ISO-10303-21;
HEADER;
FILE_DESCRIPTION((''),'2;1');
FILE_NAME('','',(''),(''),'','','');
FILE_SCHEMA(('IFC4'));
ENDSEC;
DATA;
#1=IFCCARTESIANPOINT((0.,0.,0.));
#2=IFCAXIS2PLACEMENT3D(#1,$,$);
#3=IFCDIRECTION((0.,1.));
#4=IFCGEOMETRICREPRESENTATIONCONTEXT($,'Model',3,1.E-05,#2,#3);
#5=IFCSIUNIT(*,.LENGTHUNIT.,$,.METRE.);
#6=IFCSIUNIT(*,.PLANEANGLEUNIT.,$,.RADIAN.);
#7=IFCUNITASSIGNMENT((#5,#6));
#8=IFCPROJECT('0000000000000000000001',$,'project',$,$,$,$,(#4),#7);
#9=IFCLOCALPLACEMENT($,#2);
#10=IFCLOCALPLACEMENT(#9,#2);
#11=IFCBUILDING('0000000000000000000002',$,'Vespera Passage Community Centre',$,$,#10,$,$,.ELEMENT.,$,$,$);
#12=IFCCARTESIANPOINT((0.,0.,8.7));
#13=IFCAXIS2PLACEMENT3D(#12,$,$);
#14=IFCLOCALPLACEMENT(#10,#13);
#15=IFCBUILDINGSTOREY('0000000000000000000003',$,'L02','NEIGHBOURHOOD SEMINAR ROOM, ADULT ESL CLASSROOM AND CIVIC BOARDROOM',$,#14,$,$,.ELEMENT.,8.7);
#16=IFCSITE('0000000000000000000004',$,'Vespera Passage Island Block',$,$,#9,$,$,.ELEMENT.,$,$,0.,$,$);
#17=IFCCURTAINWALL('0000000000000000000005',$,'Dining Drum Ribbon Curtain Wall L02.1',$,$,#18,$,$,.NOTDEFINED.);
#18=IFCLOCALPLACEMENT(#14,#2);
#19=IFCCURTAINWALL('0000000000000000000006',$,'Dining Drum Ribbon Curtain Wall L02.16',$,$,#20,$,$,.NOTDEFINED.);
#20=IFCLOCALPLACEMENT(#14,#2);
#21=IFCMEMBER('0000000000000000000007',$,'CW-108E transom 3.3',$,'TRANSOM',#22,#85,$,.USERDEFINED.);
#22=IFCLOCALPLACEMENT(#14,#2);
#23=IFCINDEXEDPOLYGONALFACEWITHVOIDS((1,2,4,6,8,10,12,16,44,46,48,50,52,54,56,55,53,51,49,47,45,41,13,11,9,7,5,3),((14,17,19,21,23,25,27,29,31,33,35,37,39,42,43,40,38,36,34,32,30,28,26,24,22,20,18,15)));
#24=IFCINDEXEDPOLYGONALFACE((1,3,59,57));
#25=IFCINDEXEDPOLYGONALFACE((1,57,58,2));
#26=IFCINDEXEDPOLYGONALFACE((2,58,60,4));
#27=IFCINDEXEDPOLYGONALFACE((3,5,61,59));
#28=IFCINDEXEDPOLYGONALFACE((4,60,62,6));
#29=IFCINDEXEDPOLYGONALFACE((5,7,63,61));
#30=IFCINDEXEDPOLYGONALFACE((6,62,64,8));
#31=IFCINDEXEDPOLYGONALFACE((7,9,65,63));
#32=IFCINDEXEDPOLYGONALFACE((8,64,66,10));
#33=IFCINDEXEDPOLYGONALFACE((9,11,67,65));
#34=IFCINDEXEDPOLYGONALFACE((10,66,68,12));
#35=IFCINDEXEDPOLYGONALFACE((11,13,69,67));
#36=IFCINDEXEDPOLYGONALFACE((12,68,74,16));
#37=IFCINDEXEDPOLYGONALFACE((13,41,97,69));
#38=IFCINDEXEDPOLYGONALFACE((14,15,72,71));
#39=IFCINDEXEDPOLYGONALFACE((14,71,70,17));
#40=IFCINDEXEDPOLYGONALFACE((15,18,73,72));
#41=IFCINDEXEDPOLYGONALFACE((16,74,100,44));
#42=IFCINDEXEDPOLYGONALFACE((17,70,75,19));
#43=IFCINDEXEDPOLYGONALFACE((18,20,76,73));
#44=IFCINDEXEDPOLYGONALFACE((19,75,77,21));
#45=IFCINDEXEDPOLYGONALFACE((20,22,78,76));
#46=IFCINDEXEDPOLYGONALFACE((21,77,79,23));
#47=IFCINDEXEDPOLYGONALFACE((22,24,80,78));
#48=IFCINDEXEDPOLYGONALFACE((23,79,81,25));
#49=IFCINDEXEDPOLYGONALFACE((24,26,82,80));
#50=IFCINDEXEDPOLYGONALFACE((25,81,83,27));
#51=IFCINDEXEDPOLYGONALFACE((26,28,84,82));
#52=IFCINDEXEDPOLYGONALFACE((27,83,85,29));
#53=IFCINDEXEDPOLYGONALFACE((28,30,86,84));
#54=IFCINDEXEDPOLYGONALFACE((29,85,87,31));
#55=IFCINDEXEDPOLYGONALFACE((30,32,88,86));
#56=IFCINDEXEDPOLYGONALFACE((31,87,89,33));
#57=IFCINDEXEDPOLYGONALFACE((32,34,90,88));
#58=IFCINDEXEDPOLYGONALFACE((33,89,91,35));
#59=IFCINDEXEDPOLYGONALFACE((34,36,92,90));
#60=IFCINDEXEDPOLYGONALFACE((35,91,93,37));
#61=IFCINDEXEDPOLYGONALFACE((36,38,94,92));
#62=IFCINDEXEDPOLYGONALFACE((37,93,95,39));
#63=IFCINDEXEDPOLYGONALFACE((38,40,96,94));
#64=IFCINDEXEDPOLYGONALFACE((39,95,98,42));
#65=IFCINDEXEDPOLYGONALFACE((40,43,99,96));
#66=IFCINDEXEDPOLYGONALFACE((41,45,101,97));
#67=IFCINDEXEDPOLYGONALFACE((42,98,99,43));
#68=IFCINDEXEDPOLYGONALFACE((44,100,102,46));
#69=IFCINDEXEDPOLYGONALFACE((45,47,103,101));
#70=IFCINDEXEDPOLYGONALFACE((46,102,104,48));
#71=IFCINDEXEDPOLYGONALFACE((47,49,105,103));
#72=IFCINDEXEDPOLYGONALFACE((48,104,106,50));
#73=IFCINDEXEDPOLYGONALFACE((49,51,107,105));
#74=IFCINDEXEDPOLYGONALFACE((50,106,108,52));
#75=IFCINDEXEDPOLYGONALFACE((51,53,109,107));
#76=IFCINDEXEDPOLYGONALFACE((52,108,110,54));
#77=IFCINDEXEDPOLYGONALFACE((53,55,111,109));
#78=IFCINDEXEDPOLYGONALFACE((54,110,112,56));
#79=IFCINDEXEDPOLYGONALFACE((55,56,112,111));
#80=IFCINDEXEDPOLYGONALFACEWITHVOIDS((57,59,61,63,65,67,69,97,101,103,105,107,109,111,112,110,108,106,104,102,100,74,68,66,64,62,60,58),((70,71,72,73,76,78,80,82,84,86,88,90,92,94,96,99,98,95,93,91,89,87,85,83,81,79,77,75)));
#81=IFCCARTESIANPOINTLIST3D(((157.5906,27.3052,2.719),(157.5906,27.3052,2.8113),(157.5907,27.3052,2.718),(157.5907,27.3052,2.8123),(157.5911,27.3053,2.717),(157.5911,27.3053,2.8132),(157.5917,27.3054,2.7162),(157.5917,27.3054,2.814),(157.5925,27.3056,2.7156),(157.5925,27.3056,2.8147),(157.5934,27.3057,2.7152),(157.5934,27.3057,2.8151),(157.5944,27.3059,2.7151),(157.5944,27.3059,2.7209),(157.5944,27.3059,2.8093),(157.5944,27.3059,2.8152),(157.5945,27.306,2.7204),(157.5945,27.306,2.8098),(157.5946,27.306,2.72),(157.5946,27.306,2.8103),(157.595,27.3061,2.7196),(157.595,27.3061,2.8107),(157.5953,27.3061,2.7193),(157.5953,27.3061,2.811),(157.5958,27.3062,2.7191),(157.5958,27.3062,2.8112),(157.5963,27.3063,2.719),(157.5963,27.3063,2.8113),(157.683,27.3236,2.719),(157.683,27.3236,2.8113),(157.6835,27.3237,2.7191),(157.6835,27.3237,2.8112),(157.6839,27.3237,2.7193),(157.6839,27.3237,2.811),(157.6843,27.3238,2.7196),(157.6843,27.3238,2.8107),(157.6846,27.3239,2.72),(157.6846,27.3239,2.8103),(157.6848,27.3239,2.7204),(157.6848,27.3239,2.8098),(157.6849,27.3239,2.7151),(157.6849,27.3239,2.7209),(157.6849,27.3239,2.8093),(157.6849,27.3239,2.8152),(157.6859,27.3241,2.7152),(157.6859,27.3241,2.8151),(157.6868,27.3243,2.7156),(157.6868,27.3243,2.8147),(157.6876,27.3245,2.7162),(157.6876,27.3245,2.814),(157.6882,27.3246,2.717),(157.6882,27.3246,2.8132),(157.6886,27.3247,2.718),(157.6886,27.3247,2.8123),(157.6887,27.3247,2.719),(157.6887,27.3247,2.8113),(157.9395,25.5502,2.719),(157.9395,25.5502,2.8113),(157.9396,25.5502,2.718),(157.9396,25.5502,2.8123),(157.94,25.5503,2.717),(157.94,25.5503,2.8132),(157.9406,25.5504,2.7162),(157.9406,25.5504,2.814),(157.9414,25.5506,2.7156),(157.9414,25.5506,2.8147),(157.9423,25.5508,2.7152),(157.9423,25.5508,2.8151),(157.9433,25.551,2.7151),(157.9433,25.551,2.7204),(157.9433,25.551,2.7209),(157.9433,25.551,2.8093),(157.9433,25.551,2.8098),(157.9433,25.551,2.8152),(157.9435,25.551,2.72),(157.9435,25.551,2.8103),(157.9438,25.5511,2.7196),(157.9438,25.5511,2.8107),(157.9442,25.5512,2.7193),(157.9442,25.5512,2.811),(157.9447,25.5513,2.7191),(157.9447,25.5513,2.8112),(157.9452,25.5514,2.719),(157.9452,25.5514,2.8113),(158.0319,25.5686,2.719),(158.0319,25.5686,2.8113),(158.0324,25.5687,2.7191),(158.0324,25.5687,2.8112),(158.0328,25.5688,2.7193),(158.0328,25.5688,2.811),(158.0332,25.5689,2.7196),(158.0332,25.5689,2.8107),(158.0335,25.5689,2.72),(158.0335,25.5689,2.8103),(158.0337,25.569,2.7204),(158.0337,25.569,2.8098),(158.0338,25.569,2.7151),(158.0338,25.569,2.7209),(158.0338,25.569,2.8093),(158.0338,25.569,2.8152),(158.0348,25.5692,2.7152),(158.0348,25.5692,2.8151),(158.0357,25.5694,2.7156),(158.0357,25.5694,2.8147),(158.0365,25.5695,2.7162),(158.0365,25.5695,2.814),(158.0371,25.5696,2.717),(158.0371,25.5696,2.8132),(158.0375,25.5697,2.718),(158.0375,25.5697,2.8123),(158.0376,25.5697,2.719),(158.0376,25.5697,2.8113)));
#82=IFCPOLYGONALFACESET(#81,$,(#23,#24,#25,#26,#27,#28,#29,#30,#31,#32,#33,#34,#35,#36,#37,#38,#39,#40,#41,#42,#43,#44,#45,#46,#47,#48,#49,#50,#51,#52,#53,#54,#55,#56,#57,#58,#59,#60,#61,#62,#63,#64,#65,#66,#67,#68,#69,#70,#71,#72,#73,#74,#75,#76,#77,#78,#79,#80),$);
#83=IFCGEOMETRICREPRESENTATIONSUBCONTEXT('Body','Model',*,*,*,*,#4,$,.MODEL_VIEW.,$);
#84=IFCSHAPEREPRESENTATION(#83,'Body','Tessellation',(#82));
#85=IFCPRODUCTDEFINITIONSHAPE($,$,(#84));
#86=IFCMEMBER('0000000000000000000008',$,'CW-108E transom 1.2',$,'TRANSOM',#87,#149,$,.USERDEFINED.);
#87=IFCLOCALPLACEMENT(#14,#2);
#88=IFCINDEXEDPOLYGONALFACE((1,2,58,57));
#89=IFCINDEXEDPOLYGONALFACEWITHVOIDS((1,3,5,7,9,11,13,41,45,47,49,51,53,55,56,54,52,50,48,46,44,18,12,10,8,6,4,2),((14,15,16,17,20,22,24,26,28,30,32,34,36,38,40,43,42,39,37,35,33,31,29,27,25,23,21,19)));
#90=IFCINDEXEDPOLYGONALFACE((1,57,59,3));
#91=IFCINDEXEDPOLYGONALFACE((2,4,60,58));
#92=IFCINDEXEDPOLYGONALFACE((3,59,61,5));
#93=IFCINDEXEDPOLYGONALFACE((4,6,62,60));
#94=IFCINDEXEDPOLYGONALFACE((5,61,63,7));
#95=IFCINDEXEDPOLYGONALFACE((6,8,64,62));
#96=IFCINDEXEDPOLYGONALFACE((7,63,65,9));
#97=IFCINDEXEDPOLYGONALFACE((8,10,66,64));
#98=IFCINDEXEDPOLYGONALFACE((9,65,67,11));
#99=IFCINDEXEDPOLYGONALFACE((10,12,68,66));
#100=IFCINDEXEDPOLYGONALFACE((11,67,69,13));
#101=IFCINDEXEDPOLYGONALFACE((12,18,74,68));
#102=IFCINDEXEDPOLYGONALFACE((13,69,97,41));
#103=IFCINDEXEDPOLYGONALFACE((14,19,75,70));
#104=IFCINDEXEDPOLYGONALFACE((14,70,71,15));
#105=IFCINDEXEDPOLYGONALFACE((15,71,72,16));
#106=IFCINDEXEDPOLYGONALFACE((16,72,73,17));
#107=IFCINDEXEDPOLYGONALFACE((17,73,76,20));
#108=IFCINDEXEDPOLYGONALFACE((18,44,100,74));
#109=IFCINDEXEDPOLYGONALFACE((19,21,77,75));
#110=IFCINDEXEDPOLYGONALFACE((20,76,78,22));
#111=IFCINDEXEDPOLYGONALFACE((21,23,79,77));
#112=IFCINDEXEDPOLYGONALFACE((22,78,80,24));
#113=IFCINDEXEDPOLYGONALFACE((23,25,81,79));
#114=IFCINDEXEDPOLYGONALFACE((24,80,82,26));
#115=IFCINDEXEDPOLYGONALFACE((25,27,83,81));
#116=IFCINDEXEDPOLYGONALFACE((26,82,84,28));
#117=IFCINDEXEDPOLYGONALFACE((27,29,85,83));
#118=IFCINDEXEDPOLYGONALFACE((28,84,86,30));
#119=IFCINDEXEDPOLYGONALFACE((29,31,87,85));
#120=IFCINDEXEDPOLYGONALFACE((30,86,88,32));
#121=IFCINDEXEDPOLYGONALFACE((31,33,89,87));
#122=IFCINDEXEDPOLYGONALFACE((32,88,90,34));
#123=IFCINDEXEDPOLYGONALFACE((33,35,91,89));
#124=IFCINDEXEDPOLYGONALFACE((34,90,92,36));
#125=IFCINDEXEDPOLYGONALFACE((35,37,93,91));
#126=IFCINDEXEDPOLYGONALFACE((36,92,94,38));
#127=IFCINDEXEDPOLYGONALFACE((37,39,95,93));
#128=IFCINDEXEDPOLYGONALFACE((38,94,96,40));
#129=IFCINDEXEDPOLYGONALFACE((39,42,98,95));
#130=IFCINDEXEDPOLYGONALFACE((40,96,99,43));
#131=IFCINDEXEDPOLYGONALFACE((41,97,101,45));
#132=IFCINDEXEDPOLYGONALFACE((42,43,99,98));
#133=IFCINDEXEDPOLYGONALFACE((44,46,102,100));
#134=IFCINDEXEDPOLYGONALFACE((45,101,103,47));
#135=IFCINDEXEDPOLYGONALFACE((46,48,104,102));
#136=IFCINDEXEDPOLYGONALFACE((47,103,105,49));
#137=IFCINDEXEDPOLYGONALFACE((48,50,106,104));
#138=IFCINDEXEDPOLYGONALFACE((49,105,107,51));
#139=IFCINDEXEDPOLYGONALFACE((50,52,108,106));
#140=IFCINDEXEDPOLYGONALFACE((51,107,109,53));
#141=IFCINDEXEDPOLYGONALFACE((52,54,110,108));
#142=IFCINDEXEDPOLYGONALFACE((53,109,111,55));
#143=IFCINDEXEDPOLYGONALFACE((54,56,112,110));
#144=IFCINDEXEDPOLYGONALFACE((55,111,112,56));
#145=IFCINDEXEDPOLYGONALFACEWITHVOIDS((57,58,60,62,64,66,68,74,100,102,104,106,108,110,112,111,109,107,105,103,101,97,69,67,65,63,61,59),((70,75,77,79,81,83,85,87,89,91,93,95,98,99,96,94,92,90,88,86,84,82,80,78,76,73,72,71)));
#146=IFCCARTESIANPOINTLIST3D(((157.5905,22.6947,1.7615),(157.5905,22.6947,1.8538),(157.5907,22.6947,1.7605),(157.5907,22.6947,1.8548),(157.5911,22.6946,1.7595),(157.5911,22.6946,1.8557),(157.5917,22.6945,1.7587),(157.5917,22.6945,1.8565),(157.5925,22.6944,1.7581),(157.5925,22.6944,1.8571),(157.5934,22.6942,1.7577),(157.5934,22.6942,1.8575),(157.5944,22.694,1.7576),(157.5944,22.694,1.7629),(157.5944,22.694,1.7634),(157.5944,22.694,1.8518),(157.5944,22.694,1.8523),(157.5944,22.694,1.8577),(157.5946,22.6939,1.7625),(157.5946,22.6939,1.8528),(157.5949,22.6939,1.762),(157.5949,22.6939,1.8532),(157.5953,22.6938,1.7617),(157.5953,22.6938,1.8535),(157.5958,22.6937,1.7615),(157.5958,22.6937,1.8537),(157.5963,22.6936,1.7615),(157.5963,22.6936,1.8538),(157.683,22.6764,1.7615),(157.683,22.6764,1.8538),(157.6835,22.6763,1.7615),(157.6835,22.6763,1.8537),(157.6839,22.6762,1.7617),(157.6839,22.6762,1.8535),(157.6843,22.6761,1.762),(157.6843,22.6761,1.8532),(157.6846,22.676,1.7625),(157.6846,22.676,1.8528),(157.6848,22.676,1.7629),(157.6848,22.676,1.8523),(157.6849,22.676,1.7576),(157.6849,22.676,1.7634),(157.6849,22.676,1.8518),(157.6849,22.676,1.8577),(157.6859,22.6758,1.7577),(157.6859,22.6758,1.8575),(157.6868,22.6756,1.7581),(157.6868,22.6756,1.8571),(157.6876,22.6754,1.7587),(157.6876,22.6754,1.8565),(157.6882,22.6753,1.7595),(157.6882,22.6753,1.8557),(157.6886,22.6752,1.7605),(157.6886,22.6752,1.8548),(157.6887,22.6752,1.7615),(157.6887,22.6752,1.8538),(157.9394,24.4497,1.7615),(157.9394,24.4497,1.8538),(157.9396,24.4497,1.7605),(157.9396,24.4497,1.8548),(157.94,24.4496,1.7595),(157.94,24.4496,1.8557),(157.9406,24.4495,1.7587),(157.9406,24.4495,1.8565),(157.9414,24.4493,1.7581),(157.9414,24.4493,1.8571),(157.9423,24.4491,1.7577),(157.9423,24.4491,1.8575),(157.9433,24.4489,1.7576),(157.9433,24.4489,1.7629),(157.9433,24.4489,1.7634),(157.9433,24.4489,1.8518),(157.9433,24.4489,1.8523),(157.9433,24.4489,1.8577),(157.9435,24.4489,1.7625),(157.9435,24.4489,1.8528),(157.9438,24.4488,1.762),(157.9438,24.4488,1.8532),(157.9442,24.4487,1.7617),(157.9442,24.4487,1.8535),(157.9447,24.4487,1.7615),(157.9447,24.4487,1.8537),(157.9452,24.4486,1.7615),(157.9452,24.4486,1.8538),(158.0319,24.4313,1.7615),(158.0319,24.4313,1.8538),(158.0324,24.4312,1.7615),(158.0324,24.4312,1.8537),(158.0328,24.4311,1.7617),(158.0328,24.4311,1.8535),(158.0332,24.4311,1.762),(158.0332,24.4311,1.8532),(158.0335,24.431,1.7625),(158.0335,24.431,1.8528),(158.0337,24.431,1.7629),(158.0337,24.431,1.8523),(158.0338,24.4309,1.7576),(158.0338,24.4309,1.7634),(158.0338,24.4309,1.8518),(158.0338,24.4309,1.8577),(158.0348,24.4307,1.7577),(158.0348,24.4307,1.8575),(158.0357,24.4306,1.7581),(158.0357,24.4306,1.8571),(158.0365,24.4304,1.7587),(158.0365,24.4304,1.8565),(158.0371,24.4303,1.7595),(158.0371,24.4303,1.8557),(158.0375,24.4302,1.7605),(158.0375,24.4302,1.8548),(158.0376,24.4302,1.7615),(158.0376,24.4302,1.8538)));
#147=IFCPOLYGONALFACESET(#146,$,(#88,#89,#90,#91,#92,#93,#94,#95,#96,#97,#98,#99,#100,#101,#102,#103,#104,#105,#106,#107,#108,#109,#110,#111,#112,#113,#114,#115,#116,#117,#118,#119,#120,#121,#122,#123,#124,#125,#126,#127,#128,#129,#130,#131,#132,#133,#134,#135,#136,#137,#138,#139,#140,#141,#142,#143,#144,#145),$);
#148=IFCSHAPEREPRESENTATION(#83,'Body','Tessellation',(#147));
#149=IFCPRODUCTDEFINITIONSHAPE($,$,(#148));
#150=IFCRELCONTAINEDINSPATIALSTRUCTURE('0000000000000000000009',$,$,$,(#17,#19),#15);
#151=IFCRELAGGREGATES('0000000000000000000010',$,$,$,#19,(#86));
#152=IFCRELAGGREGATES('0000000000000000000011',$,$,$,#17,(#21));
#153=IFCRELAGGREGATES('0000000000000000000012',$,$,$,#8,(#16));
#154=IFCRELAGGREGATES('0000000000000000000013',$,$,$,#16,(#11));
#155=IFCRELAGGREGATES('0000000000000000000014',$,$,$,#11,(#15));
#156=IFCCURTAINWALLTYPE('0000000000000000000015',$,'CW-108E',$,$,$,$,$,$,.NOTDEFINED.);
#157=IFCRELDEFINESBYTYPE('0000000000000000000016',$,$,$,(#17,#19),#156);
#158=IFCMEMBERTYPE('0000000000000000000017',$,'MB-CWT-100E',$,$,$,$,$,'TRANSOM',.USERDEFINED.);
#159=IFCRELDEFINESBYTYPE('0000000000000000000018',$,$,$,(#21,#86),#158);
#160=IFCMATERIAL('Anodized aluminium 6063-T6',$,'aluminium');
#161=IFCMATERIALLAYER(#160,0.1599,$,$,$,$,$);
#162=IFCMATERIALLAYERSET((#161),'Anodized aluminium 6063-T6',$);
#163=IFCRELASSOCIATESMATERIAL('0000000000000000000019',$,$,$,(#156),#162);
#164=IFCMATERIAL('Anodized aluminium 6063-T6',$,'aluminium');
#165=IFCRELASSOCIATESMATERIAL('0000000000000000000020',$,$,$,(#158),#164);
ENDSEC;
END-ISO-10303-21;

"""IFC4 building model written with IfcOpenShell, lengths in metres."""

from ifc_helpers import new_model, si_unit, direction, frame, origin, origin_2d, place, context, subcontext, project, spatial, hollow_rectangle, extrude, material, layer, layer_set, material_profile, profile_set, type_object, element, aggregate, save


model = new_model("IFC4")

# Units and contexts
model_context = context("Model", 3, precision=1e-05, world=origin(), true_north=direction((0.0, 1.0)))
body_context = subcontext(model_context, "Body", "Model", "MODEL_VIEW")
ifc_project = project(units=[si_unit("LENGTHUNIT", "METRE"), si_unit("PLANEANGLEUNIT", "RADIAN")], contexts=[model_context])

# Site, building, storey
site_placement = place(None, origin())
site = spatial("IfcSite", under=ifc_project, at=site_placement, Name="Vespera Passage Island Block", CompositionType="ELEMENT", RefElevation=0.0)
building_placement = place(site_placement, origin())
building = spatial("IfcBuilding", under=site, at=building_placement, Name="Vespera Passage Community Centre", CompositionType="ELEMENT")
storey_placement = place(building_placement, frame((0.0, 0.0, 8.7)))
storey = spatial("IfcBuildingStorey", under=building, at=storey_placement, Name="L02", Description="NEIGHBOURHOOD SEMINAR ROOM, ADULT ESL CLASSROOM AND CIVIC BOARDROOM", CompositionType="ELEMENT", Elevation=8.7)

# Curtain wall
ifc_material_1 = material(Name="Anodized aluminium 6063-T6", Category="aluminium")
ifc_layer_1 = layer(ifc_material_1, 0.1599)
ifc_layer_set_1 = layer_set([ifc_layer_1], Name="Anodized aluminium 6063-T6")
curtain_wall_type = type_object("IfcCurtainWallType", Name="CW-108E", PredefinedType="NOTDEFINED", material=ifc_layer_set_1)
curtain_wall_1_placement = place(storey_placement, origin())
curtain_wall_1 = element("IfcCurtainWall", 1, at=curtain_wall_1_placement, inside=storey, type_object=curtain_wall_type, Name="Dining Drum Ribbon Curtain Wall L02.1", PredefinedType="NOTDEFINED")

# Curtain wall
curtain_wall_2_placement = place(storey_placement, origin())
curtain_wall_2 = element("IfcCurtainWall", 2, at=curtain_wall_2_placement, inside=storey, type_object=curtain_wall_type, Name="Dining Drum Ribbon Curtain Wall L02.16", PredefinedType="NOTDEFINED")

# Members
ifc_material_2 = material(Name="Anodized aluminium 6063-T6", Category="aluminium")
ifc_material_profile_1 = material_profile(ifc_material_2, hollow_rectangle(XDim=0.1001, YDim=0.1001, WallThickness=0.0039, InnerFilletRadius=0.002, OuterFilletRadius=0.0039, at=origin_2d()), Name="ALU100X100X4")
ifc_profile_set_1 = profile_set([ifc_material_profile_1], Name="Anodized aluminium 6063-T6")
member_type_1 = type_object("IfcMemberType", Name="MB-CWT-100E", ElementType="TRANSOM", PredefinedType="USERDEFINED", material=ifc_profile_set_1)
member_1_placement = place(storey_placement, frame((157.6396, 27.3149, 2.7651), z_axis=(0.194988, -0.980806, 0.0), x_axis=(0.980806, 0.194988, 0.0)))
member_1 = element("IfcMember", 3, at=member_1_placement, type_object=member_type_1, Name="CW-108E transom 3.3", ObjectType="TRANSOM", PredefinedType="USERDEFINED", context=body_context, shape_type="SweptSolid", body=[
    extrude(hollow_rectangle(XDim=0.1001, YDim=0.1001, WallThickness=0.0039, InnerFilletRadius=0.002, OuterFilletRadius=0.0039, at=origin_2d()), origin(), (0.0, 0.0, 1.0), 1.7893),
])
member_2_placement = place(storey_placement, frame((157.9885, 24.4399, 1.8076), z_axis=(-0.194988, -0.980806, 0.0), x_axis=(0.980806, -0.194988, 0.0)))
member_2 = element("IfcMember", 4, at=member_2_placement, type_object=member_type_1, Name="CW-108E transom 1.2", ObjectType="TRANSOM", PredefinedType="USERDEFINED", context=body_context, shape_type="SweptSolid", body=[
    extrude(hollow_rectangle(XDim=0.1001, YDim=0.1001, WallThickness=0.0039, InnerFilletRadius=0.002, OuterFilletRadius=0.0039, at=origin_2d()), origin(), (0.0, 0.0, 1.0), 1.7893),
])
aggregate(curtain_wall_2, [member_2])

aggregate(curtain_wall_1, [member_1])

save(model, "model.ifc")
